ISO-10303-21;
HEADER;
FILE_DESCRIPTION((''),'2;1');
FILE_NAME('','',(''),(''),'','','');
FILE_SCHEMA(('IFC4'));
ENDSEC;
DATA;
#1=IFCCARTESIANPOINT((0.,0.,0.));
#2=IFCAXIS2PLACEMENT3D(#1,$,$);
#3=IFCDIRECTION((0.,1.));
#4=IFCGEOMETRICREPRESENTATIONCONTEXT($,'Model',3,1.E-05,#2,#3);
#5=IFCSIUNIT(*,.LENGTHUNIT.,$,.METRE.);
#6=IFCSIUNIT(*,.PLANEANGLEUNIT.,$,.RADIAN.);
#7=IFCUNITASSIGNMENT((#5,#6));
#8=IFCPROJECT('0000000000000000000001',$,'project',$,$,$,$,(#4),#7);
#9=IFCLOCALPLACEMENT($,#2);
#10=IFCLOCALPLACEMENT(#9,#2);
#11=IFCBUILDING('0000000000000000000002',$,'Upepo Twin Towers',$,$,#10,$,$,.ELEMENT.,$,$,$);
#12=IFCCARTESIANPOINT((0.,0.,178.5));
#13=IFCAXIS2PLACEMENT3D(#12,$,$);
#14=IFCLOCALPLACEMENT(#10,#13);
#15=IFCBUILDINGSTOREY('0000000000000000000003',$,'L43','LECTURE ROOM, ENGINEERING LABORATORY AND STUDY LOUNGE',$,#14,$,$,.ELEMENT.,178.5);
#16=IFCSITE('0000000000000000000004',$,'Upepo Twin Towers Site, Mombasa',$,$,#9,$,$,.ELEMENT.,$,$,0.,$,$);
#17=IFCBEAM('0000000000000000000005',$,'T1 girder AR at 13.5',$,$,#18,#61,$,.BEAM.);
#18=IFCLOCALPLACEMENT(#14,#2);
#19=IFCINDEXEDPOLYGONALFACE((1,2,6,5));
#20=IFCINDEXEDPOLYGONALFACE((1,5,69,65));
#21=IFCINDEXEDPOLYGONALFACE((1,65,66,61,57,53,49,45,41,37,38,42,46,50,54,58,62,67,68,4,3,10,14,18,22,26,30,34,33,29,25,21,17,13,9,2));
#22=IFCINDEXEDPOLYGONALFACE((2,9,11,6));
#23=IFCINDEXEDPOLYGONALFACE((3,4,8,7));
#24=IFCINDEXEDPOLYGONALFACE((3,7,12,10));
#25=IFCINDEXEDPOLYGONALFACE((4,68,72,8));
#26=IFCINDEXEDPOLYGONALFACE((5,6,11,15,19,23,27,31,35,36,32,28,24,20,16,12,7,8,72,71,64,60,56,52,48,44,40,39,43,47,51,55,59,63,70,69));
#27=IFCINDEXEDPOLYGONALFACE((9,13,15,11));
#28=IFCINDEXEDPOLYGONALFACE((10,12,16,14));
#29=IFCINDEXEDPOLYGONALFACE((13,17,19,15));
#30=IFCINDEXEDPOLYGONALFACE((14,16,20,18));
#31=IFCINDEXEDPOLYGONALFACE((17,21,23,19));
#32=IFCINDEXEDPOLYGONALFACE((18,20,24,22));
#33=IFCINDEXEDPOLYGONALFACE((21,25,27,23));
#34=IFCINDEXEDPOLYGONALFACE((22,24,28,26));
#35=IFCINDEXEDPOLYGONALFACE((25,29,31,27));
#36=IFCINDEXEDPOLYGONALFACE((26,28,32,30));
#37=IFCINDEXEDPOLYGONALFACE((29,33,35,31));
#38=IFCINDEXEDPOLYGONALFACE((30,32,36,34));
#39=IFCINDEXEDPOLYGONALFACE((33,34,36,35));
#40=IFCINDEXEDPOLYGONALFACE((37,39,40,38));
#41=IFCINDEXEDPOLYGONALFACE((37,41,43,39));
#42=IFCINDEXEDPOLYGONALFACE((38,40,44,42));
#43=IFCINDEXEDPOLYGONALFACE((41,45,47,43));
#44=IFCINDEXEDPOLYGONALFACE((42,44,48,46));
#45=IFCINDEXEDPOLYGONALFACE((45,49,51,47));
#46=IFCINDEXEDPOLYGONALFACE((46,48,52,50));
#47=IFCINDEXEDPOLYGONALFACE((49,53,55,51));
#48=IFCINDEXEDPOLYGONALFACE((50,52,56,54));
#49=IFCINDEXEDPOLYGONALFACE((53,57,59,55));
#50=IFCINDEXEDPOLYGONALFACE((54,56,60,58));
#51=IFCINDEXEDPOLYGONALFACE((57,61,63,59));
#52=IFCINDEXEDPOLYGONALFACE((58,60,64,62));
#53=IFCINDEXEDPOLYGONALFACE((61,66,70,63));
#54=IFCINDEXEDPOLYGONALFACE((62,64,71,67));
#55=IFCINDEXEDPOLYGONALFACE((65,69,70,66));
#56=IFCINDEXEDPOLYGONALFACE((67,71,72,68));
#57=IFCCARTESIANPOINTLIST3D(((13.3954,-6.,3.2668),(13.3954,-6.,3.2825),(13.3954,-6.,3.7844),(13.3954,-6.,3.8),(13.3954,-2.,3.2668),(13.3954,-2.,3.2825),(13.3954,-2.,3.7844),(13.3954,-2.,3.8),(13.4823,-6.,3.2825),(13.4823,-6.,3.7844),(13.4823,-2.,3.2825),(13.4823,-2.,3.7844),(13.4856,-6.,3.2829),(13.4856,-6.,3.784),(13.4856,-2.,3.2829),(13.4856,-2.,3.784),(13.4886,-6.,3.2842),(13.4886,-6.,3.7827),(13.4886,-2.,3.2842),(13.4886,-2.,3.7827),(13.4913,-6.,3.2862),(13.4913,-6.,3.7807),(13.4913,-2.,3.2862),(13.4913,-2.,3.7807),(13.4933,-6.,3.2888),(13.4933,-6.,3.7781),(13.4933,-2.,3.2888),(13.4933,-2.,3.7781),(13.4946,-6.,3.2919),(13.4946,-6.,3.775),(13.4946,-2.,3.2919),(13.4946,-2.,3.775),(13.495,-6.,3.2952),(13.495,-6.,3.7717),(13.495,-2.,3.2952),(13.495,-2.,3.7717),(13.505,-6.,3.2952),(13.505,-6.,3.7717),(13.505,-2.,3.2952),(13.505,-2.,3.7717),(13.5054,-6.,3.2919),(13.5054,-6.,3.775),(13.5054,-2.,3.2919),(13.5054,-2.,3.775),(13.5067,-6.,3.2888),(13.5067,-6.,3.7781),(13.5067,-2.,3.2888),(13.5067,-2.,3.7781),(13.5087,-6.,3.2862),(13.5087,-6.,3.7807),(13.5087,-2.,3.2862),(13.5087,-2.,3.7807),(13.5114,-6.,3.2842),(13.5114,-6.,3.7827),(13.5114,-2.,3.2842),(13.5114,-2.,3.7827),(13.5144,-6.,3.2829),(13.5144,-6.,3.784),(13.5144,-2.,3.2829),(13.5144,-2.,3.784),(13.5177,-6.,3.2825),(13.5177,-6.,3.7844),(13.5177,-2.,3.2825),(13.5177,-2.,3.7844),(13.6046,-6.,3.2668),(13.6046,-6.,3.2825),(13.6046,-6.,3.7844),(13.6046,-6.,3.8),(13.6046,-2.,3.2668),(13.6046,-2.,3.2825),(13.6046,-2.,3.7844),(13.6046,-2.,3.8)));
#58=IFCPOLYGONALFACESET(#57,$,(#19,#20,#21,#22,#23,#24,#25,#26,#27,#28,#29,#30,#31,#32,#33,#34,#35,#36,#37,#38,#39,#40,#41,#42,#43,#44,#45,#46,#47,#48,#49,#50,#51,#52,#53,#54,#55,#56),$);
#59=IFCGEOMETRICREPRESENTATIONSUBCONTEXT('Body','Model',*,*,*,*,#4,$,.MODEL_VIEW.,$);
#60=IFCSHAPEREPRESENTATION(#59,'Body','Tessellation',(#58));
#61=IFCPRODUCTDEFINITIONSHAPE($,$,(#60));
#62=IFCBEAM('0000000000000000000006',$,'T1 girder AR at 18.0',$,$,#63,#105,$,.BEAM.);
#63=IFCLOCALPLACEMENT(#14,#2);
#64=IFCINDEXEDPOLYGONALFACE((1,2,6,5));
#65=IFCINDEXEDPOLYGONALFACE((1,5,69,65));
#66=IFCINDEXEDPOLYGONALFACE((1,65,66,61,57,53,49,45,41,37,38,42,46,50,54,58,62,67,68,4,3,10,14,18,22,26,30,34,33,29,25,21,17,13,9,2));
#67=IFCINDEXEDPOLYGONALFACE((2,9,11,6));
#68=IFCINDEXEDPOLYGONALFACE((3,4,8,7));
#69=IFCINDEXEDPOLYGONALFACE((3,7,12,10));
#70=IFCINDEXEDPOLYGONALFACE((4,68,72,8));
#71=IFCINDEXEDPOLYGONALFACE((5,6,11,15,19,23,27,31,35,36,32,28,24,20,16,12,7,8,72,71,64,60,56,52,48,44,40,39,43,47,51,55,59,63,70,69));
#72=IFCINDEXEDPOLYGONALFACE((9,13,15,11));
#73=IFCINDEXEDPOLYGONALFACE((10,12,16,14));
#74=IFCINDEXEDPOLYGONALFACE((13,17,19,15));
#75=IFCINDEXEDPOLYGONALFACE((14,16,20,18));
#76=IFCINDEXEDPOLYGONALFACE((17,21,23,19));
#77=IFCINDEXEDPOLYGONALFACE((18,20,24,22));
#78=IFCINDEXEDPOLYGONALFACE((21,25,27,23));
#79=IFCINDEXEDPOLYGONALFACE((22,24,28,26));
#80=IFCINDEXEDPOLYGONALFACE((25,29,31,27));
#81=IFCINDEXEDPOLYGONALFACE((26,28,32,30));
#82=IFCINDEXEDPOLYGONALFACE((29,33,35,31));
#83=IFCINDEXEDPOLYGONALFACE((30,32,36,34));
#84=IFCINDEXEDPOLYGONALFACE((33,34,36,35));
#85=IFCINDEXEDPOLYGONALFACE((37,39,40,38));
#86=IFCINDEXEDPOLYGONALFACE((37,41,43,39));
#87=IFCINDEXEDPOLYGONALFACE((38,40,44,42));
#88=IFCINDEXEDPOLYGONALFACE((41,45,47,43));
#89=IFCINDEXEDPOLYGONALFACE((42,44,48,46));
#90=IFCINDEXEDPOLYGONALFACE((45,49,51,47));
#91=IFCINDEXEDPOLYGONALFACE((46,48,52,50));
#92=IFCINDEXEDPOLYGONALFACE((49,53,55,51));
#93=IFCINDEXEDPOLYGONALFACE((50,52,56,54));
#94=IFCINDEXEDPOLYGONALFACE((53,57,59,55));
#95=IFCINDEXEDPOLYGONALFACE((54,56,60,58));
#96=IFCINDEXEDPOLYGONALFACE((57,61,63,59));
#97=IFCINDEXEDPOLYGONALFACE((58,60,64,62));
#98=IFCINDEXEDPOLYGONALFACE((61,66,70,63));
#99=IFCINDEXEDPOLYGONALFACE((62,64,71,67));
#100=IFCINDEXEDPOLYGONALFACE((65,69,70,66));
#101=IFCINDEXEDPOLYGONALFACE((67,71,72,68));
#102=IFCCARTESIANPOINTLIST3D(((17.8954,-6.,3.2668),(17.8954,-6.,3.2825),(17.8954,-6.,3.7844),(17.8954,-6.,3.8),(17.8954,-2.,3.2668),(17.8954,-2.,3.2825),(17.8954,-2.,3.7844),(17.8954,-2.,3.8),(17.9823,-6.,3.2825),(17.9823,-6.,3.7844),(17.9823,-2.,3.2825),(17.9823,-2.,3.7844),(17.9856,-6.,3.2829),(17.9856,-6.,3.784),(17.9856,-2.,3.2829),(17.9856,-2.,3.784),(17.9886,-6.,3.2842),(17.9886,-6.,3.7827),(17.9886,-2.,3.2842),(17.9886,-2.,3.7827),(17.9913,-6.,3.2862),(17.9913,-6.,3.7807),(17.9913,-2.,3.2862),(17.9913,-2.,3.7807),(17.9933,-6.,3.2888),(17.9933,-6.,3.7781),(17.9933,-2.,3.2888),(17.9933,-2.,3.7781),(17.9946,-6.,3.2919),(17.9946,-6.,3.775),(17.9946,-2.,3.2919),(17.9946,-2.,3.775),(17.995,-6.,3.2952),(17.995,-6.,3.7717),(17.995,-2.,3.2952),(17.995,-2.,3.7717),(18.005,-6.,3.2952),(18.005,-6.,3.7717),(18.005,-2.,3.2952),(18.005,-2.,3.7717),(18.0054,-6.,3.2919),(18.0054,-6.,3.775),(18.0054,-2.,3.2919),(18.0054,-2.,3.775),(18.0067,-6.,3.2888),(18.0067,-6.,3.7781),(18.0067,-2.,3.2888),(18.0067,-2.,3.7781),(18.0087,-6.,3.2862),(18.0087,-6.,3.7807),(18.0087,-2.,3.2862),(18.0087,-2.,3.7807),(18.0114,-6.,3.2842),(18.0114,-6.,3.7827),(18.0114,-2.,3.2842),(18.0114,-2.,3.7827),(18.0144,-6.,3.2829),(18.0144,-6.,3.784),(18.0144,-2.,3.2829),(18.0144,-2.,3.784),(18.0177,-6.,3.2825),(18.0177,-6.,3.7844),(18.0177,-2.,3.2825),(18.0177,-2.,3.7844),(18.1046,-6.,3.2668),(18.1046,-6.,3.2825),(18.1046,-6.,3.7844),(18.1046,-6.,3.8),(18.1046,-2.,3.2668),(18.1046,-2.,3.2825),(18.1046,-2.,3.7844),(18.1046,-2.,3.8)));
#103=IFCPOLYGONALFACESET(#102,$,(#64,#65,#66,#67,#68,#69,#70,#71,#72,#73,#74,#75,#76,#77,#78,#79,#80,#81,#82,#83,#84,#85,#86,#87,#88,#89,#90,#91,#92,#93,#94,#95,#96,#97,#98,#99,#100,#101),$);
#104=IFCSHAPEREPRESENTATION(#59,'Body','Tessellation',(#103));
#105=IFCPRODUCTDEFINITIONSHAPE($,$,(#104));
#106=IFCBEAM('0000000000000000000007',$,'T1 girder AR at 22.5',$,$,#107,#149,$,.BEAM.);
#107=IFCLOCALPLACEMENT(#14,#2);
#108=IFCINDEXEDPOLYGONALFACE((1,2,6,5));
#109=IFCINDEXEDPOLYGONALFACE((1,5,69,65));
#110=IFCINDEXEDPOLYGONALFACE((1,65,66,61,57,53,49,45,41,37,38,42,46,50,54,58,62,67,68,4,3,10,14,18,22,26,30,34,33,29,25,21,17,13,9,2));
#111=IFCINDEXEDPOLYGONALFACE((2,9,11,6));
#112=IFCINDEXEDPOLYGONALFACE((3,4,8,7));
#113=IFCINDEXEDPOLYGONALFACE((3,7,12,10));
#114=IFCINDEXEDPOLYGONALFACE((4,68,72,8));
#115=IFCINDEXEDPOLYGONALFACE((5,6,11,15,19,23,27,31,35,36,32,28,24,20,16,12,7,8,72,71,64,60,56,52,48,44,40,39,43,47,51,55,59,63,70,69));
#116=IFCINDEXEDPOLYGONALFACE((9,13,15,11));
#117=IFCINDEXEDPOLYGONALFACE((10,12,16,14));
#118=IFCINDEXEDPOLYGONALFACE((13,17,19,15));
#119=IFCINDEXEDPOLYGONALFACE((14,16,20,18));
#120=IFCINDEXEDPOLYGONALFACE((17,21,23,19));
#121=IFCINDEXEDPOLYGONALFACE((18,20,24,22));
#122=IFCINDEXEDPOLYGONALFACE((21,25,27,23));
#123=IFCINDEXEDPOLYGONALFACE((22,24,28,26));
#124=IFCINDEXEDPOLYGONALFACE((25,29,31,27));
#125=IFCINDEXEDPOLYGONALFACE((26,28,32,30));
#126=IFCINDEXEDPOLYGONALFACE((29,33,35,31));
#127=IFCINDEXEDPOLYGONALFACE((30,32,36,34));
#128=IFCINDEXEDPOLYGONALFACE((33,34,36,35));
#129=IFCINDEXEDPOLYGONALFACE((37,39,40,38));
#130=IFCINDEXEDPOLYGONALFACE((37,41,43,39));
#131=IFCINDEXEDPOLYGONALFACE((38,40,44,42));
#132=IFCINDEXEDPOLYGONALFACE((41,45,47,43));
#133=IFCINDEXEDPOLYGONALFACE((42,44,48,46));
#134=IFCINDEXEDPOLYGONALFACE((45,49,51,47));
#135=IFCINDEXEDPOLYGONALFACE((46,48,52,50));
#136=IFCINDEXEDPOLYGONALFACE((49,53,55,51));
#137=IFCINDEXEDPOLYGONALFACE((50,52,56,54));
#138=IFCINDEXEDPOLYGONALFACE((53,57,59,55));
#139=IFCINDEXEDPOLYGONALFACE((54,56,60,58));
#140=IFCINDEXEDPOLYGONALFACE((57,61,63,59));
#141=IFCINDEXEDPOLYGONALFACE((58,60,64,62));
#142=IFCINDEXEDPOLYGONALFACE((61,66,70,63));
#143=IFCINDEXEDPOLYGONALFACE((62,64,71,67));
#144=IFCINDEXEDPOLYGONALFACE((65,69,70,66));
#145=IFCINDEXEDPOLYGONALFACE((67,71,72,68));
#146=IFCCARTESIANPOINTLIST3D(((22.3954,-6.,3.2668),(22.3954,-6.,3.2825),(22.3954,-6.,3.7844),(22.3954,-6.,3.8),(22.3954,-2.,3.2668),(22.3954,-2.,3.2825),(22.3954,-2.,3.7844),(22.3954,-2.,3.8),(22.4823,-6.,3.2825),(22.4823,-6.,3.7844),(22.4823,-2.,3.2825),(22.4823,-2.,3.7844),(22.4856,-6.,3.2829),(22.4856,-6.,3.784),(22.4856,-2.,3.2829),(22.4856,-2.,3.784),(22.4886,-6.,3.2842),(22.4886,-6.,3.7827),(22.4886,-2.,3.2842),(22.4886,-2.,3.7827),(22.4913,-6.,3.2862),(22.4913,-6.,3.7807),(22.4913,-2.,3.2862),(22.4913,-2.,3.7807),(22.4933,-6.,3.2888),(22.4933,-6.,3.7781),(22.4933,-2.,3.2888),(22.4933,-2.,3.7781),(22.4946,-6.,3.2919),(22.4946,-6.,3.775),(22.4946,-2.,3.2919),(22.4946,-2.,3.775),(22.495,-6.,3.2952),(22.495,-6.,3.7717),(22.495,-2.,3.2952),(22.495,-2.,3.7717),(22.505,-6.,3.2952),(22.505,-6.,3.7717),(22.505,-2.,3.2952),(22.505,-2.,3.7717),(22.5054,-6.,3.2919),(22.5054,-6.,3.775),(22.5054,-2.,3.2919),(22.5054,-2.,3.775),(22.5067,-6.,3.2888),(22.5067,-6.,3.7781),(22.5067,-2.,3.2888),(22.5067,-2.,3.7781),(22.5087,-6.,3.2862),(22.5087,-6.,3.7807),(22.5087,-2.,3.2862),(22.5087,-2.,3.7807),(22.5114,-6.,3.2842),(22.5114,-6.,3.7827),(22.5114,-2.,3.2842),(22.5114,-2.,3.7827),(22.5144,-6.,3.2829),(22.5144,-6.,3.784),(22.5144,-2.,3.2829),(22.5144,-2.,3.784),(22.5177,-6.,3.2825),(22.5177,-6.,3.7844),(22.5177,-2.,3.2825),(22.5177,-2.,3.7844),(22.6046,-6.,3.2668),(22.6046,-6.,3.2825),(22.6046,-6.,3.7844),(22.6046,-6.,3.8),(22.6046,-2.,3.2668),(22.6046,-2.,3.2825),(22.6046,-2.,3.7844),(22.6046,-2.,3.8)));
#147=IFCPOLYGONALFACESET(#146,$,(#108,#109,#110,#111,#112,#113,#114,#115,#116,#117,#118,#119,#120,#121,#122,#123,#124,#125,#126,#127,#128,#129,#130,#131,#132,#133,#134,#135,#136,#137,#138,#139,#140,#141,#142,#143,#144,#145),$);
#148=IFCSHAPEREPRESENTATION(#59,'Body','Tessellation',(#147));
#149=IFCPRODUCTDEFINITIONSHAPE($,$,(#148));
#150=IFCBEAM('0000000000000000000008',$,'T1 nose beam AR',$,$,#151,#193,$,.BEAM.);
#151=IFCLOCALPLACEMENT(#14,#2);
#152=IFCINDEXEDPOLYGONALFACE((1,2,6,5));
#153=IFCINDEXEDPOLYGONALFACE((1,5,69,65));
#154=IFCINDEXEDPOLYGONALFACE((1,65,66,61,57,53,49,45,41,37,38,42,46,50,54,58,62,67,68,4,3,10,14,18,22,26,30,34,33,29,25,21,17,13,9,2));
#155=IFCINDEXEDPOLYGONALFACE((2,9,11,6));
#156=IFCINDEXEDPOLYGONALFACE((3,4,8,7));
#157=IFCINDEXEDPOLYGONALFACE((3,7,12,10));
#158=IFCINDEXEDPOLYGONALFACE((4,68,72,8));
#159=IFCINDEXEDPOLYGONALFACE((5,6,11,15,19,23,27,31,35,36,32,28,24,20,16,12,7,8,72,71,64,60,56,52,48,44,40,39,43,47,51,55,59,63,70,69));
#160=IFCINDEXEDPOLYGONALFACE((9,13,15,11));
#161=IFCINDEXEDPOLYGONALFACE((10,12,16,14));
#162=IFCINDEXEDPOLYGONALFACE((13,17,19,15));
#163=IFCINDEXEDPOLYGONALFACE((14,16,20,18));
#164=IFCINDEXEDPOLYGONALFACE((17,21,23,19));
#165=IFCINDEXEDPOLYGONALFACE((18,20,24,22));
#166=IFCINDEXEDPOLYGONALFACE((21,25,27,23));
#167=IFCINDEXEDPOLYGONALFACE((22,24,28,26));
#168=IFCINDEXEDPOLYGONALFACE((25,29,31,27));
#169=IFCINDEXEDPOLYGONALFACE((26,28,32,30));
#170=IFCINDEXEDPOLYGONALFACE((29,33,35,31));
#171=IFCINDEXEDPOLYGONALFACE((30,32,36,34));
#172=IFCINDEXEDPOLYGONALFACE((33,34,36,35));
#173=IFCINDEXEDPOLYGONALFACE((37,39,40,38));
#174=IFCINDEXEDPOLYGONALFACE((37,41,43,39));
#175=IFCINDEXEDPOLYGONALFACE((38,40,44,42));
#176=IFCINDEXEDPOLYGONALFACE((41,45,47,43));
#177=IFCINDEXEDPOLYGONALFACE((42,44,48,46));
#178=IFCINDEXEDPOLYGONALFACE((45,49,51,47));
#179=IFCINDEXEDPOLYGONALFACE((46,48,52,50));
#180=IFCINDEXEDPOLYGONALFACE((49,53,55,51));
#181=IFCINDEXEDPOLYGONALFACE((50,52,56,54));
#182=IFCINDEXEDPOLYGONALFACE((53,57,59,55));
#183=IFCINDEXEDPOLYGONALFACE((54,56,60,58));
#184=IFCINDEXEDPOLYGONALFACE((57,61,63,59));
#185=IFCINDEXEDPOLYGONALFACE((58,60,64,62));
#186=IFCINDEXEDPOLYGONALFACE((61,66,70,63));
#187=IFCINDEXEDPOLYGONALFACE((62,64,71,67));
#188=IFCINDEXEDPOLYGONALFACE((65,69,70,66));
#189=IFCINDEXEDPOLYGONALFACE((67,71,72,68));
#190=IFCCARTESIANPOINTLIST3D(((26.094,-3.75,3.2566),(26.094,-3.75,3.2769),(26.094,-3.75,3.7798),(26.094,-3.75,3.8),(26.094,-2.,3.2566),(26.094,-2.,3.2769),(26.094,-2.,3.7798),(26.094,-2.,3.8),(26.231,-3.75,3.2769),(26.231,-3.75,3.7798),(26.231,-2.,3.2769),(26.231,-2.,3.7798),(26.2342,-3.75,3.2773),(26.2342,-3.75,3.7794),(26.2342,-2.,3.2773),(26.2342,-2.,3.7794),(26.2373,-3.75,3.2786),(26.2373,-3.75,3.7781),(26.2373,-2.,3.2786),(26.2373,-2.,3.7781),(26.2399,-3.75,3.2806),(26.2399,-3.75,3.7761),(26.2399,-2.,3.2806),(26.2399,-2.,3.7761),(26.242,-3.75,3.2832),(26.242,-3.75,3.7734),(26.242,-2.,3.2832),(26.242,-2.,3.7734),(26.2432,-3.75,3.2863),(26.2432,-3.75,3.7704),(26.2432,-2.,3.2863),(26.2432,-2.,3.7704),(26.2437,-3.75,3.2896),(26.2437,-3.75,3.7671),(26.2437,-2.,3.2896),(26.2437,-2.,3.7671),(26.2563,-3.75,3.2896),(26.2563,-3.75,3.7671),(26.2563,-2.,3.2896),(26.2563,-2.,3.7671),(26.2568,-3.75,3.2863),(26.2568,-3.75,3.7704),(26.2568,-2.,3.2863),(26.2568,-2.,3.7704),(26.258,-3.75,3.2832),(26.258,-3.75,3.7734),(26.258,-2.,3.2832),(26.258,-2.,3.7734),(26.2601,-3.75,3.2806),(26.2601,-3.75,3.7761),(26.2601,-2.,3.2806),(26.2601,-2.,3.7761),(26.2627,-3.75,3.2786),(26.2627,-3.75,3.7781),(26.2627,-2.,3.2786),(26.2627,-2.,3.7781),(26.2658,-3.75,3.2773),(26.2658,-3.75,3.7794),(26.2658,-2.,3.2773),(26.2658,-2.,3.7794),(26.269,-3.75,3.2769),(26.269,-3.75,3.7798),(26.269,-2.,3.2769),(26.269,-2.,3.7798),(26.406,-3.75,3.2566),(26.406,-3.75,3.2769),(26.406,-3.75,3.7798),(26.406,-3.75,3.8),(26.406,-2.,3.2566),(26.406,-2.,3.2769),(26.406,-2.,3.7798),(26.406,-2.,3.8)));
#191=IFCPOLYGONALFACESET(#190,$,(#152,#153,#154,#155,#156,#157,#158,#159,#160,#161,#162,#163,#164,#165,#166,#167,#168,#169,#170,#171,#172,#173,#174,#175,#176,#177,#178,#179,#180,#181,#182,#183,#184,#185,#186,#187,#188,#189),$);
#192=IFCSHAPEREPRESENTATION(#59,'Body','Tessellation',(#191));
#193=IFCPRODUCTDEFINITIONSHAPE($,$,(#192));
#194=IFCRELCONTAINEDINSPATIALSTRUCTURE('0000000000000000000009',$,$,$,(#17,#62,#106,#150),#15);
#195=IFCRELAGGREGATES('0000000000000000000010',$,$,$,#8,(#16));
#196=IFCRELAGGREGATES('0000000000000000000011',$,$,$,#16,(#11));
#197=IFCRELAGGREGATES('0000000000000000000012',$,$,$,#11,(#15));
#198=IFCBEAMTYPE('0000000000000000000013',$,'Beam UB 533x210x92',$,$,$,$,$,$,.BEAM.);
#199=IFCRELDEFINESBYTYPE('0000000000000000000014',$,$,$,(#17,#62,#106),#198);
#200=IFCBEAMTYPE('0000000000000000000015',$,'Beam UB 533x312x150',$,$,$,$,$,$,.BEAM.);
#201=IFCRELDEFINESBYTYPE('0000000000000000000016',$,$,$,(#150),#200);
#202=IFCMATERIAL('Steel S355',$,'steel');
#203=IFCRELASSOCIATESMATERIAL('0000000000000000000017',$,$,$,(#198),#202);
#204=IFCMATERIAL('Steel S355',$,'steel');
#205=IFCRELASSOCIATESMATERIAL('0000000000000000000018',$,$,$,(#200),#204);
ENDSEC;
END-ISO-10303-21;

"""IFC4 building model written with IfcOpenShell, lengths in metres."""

from ifc_helpers import new_model, si_unit, direction, frame, origin, origin_2d, place, context, subcontext, project, spatial, i_section, extrude, material, material_profile, profile_set, type_object, element, save


model = new_model("IFC4")

# Units and contexts
model_context = context("Model", 3, precision=1e-05, world=origin(), true_north=direction((0.0, 1.0)))
body_context = subcontext(model_context, "Body", "Model", "MODEL_VIEW")
ifc_project = project(units=[si_unit("LENGTHUNIT", "METRE"), si_unit("PLANEANGLEUNIT", "RADIAN")], contexts=[model_context])

# Site, building, storey
site_placement = place(None, origin())
site = spatial("IfcSite", under=ifc_project, at=site_placement, Name="Upepo Twin Towers Site, Mombasa", CompositionType="ELEMENT", RefElevation=0.0)
building_placement = place(site_placement, origin())
building = spatial("IfcBuilding", under=site, at=building_placement, Name="Upepo Twin Towers", CompositionType="ELEMENT")
storey_placement = place(building_placement, frame((0.0, 0.0, 178.5)))
storey = spatial("IfcBuildingStorey", under=building, at=storey_placement, Name="L43", Description="LECTURE ROOM, ENGINEERING LABORATORY AND STUDY LOUNGE", CompositionType="ELEMENT", Elevation=178.5)

# Beams
ifc_material_1 = material(Name="Steel S355", Category="steel")
ifc_material_profile_1 = material_profile(ifc_material_1, i_section(OverallWidth=0.2092, OverallDepth=0.5332, WebThickness=0.01, FlangeThickness=0.0156, FilletRadius=0.0127, at=origin_2d()), Name="UB 533x210x92")
ifc_profile_set_1 = profile_set([ifc_material_profile_1], Name="Steel S355")
beam_type_1 = type_object("IfcBeamType", Name="Beam UB 533x210x92", PredefinedType="BEAM", material=ifc_profile_set_1)
for number, where, z_axis, x_axis, name in (
    (1, (13.5, -6.0, 3.5334), (0.0, 1.0, 0.0), (-1.0, 0.0, 0.0), "T1 girder AR at 13.5"),
    (2, (18.0, -6.0, 3.5334), (0.0, 1.0, 0.0), (-1.0, 0.0, 0.0), "T1 girder AR at 18.0"),
    (3, (22.5, -6.0, 3.5334), (0.0, 1.0, 0.0), (-1.0, 0.0, 0.0), "T1 girder AR at 22.5"),
):
    element("IfcBeam", number, at=place(storey_placement, frame(where, z_axis=z_axis, x_axis=x_axis)), inside=storey, type_object=beam_type_1, Name=name, PredefinedType="BEAM", context=body_context, shape_type="SweptSolid", body=[
        extrude(i_section(OverallWidth=0.2092, OverallDepth=0.5332, WebThickness=0.01, FlangeThickness=0.0156, FilletRadius=0.0127, at=origin_2d()), origin(), (0.0, 0.0, 1.0), 4.0),
    ])
ifc_material_2 = material(Name="Steel S355", Category="steel")
ifc_material_profile_2 = material_profile(ifc_material_2, i_section(OverallWidth=0.312, OverallDepth=0.5435, WebThickness=0.0127, FlangeThickness=0.0203, FilletRadius=0.0127, at=origin_2d()), Name="UB 533x312x150")
ifc_profile_set_2 = profile_set([ifc_material_profile_2], Name="Steel S355")
beam_type_2 = type_object("IfcBeamType", Name="Beam UB 533x312x150", PredefinedType="BEAM", material=ifc_profile_set_2)
beam_1_placement = place(storey_placement, frame((26.25, -3.75, 3.5283), z_axis=(0.0, 1.0, 0.0), x_axis=(-1.0, 0.0, 0.0)))
element("IfcBeam", 4, at=beam_1_placement, inside=storey, type_object=beam_type_2, Name="T1 nose beam AR", PredefinedType="BEAM", context=body_context, shape_type="SweptSolid", body=[
    extrude(i_section(OverallWidth=0.312, OverallDepth=0.5435, WebThickness=0.0127, FlangeThickness=0.0203, FilletRadius=0.0127, at=origin_2d()), origin(), (0.0, 0.0, 1.0), 1.75),
])

save(model, "model.ifc")
